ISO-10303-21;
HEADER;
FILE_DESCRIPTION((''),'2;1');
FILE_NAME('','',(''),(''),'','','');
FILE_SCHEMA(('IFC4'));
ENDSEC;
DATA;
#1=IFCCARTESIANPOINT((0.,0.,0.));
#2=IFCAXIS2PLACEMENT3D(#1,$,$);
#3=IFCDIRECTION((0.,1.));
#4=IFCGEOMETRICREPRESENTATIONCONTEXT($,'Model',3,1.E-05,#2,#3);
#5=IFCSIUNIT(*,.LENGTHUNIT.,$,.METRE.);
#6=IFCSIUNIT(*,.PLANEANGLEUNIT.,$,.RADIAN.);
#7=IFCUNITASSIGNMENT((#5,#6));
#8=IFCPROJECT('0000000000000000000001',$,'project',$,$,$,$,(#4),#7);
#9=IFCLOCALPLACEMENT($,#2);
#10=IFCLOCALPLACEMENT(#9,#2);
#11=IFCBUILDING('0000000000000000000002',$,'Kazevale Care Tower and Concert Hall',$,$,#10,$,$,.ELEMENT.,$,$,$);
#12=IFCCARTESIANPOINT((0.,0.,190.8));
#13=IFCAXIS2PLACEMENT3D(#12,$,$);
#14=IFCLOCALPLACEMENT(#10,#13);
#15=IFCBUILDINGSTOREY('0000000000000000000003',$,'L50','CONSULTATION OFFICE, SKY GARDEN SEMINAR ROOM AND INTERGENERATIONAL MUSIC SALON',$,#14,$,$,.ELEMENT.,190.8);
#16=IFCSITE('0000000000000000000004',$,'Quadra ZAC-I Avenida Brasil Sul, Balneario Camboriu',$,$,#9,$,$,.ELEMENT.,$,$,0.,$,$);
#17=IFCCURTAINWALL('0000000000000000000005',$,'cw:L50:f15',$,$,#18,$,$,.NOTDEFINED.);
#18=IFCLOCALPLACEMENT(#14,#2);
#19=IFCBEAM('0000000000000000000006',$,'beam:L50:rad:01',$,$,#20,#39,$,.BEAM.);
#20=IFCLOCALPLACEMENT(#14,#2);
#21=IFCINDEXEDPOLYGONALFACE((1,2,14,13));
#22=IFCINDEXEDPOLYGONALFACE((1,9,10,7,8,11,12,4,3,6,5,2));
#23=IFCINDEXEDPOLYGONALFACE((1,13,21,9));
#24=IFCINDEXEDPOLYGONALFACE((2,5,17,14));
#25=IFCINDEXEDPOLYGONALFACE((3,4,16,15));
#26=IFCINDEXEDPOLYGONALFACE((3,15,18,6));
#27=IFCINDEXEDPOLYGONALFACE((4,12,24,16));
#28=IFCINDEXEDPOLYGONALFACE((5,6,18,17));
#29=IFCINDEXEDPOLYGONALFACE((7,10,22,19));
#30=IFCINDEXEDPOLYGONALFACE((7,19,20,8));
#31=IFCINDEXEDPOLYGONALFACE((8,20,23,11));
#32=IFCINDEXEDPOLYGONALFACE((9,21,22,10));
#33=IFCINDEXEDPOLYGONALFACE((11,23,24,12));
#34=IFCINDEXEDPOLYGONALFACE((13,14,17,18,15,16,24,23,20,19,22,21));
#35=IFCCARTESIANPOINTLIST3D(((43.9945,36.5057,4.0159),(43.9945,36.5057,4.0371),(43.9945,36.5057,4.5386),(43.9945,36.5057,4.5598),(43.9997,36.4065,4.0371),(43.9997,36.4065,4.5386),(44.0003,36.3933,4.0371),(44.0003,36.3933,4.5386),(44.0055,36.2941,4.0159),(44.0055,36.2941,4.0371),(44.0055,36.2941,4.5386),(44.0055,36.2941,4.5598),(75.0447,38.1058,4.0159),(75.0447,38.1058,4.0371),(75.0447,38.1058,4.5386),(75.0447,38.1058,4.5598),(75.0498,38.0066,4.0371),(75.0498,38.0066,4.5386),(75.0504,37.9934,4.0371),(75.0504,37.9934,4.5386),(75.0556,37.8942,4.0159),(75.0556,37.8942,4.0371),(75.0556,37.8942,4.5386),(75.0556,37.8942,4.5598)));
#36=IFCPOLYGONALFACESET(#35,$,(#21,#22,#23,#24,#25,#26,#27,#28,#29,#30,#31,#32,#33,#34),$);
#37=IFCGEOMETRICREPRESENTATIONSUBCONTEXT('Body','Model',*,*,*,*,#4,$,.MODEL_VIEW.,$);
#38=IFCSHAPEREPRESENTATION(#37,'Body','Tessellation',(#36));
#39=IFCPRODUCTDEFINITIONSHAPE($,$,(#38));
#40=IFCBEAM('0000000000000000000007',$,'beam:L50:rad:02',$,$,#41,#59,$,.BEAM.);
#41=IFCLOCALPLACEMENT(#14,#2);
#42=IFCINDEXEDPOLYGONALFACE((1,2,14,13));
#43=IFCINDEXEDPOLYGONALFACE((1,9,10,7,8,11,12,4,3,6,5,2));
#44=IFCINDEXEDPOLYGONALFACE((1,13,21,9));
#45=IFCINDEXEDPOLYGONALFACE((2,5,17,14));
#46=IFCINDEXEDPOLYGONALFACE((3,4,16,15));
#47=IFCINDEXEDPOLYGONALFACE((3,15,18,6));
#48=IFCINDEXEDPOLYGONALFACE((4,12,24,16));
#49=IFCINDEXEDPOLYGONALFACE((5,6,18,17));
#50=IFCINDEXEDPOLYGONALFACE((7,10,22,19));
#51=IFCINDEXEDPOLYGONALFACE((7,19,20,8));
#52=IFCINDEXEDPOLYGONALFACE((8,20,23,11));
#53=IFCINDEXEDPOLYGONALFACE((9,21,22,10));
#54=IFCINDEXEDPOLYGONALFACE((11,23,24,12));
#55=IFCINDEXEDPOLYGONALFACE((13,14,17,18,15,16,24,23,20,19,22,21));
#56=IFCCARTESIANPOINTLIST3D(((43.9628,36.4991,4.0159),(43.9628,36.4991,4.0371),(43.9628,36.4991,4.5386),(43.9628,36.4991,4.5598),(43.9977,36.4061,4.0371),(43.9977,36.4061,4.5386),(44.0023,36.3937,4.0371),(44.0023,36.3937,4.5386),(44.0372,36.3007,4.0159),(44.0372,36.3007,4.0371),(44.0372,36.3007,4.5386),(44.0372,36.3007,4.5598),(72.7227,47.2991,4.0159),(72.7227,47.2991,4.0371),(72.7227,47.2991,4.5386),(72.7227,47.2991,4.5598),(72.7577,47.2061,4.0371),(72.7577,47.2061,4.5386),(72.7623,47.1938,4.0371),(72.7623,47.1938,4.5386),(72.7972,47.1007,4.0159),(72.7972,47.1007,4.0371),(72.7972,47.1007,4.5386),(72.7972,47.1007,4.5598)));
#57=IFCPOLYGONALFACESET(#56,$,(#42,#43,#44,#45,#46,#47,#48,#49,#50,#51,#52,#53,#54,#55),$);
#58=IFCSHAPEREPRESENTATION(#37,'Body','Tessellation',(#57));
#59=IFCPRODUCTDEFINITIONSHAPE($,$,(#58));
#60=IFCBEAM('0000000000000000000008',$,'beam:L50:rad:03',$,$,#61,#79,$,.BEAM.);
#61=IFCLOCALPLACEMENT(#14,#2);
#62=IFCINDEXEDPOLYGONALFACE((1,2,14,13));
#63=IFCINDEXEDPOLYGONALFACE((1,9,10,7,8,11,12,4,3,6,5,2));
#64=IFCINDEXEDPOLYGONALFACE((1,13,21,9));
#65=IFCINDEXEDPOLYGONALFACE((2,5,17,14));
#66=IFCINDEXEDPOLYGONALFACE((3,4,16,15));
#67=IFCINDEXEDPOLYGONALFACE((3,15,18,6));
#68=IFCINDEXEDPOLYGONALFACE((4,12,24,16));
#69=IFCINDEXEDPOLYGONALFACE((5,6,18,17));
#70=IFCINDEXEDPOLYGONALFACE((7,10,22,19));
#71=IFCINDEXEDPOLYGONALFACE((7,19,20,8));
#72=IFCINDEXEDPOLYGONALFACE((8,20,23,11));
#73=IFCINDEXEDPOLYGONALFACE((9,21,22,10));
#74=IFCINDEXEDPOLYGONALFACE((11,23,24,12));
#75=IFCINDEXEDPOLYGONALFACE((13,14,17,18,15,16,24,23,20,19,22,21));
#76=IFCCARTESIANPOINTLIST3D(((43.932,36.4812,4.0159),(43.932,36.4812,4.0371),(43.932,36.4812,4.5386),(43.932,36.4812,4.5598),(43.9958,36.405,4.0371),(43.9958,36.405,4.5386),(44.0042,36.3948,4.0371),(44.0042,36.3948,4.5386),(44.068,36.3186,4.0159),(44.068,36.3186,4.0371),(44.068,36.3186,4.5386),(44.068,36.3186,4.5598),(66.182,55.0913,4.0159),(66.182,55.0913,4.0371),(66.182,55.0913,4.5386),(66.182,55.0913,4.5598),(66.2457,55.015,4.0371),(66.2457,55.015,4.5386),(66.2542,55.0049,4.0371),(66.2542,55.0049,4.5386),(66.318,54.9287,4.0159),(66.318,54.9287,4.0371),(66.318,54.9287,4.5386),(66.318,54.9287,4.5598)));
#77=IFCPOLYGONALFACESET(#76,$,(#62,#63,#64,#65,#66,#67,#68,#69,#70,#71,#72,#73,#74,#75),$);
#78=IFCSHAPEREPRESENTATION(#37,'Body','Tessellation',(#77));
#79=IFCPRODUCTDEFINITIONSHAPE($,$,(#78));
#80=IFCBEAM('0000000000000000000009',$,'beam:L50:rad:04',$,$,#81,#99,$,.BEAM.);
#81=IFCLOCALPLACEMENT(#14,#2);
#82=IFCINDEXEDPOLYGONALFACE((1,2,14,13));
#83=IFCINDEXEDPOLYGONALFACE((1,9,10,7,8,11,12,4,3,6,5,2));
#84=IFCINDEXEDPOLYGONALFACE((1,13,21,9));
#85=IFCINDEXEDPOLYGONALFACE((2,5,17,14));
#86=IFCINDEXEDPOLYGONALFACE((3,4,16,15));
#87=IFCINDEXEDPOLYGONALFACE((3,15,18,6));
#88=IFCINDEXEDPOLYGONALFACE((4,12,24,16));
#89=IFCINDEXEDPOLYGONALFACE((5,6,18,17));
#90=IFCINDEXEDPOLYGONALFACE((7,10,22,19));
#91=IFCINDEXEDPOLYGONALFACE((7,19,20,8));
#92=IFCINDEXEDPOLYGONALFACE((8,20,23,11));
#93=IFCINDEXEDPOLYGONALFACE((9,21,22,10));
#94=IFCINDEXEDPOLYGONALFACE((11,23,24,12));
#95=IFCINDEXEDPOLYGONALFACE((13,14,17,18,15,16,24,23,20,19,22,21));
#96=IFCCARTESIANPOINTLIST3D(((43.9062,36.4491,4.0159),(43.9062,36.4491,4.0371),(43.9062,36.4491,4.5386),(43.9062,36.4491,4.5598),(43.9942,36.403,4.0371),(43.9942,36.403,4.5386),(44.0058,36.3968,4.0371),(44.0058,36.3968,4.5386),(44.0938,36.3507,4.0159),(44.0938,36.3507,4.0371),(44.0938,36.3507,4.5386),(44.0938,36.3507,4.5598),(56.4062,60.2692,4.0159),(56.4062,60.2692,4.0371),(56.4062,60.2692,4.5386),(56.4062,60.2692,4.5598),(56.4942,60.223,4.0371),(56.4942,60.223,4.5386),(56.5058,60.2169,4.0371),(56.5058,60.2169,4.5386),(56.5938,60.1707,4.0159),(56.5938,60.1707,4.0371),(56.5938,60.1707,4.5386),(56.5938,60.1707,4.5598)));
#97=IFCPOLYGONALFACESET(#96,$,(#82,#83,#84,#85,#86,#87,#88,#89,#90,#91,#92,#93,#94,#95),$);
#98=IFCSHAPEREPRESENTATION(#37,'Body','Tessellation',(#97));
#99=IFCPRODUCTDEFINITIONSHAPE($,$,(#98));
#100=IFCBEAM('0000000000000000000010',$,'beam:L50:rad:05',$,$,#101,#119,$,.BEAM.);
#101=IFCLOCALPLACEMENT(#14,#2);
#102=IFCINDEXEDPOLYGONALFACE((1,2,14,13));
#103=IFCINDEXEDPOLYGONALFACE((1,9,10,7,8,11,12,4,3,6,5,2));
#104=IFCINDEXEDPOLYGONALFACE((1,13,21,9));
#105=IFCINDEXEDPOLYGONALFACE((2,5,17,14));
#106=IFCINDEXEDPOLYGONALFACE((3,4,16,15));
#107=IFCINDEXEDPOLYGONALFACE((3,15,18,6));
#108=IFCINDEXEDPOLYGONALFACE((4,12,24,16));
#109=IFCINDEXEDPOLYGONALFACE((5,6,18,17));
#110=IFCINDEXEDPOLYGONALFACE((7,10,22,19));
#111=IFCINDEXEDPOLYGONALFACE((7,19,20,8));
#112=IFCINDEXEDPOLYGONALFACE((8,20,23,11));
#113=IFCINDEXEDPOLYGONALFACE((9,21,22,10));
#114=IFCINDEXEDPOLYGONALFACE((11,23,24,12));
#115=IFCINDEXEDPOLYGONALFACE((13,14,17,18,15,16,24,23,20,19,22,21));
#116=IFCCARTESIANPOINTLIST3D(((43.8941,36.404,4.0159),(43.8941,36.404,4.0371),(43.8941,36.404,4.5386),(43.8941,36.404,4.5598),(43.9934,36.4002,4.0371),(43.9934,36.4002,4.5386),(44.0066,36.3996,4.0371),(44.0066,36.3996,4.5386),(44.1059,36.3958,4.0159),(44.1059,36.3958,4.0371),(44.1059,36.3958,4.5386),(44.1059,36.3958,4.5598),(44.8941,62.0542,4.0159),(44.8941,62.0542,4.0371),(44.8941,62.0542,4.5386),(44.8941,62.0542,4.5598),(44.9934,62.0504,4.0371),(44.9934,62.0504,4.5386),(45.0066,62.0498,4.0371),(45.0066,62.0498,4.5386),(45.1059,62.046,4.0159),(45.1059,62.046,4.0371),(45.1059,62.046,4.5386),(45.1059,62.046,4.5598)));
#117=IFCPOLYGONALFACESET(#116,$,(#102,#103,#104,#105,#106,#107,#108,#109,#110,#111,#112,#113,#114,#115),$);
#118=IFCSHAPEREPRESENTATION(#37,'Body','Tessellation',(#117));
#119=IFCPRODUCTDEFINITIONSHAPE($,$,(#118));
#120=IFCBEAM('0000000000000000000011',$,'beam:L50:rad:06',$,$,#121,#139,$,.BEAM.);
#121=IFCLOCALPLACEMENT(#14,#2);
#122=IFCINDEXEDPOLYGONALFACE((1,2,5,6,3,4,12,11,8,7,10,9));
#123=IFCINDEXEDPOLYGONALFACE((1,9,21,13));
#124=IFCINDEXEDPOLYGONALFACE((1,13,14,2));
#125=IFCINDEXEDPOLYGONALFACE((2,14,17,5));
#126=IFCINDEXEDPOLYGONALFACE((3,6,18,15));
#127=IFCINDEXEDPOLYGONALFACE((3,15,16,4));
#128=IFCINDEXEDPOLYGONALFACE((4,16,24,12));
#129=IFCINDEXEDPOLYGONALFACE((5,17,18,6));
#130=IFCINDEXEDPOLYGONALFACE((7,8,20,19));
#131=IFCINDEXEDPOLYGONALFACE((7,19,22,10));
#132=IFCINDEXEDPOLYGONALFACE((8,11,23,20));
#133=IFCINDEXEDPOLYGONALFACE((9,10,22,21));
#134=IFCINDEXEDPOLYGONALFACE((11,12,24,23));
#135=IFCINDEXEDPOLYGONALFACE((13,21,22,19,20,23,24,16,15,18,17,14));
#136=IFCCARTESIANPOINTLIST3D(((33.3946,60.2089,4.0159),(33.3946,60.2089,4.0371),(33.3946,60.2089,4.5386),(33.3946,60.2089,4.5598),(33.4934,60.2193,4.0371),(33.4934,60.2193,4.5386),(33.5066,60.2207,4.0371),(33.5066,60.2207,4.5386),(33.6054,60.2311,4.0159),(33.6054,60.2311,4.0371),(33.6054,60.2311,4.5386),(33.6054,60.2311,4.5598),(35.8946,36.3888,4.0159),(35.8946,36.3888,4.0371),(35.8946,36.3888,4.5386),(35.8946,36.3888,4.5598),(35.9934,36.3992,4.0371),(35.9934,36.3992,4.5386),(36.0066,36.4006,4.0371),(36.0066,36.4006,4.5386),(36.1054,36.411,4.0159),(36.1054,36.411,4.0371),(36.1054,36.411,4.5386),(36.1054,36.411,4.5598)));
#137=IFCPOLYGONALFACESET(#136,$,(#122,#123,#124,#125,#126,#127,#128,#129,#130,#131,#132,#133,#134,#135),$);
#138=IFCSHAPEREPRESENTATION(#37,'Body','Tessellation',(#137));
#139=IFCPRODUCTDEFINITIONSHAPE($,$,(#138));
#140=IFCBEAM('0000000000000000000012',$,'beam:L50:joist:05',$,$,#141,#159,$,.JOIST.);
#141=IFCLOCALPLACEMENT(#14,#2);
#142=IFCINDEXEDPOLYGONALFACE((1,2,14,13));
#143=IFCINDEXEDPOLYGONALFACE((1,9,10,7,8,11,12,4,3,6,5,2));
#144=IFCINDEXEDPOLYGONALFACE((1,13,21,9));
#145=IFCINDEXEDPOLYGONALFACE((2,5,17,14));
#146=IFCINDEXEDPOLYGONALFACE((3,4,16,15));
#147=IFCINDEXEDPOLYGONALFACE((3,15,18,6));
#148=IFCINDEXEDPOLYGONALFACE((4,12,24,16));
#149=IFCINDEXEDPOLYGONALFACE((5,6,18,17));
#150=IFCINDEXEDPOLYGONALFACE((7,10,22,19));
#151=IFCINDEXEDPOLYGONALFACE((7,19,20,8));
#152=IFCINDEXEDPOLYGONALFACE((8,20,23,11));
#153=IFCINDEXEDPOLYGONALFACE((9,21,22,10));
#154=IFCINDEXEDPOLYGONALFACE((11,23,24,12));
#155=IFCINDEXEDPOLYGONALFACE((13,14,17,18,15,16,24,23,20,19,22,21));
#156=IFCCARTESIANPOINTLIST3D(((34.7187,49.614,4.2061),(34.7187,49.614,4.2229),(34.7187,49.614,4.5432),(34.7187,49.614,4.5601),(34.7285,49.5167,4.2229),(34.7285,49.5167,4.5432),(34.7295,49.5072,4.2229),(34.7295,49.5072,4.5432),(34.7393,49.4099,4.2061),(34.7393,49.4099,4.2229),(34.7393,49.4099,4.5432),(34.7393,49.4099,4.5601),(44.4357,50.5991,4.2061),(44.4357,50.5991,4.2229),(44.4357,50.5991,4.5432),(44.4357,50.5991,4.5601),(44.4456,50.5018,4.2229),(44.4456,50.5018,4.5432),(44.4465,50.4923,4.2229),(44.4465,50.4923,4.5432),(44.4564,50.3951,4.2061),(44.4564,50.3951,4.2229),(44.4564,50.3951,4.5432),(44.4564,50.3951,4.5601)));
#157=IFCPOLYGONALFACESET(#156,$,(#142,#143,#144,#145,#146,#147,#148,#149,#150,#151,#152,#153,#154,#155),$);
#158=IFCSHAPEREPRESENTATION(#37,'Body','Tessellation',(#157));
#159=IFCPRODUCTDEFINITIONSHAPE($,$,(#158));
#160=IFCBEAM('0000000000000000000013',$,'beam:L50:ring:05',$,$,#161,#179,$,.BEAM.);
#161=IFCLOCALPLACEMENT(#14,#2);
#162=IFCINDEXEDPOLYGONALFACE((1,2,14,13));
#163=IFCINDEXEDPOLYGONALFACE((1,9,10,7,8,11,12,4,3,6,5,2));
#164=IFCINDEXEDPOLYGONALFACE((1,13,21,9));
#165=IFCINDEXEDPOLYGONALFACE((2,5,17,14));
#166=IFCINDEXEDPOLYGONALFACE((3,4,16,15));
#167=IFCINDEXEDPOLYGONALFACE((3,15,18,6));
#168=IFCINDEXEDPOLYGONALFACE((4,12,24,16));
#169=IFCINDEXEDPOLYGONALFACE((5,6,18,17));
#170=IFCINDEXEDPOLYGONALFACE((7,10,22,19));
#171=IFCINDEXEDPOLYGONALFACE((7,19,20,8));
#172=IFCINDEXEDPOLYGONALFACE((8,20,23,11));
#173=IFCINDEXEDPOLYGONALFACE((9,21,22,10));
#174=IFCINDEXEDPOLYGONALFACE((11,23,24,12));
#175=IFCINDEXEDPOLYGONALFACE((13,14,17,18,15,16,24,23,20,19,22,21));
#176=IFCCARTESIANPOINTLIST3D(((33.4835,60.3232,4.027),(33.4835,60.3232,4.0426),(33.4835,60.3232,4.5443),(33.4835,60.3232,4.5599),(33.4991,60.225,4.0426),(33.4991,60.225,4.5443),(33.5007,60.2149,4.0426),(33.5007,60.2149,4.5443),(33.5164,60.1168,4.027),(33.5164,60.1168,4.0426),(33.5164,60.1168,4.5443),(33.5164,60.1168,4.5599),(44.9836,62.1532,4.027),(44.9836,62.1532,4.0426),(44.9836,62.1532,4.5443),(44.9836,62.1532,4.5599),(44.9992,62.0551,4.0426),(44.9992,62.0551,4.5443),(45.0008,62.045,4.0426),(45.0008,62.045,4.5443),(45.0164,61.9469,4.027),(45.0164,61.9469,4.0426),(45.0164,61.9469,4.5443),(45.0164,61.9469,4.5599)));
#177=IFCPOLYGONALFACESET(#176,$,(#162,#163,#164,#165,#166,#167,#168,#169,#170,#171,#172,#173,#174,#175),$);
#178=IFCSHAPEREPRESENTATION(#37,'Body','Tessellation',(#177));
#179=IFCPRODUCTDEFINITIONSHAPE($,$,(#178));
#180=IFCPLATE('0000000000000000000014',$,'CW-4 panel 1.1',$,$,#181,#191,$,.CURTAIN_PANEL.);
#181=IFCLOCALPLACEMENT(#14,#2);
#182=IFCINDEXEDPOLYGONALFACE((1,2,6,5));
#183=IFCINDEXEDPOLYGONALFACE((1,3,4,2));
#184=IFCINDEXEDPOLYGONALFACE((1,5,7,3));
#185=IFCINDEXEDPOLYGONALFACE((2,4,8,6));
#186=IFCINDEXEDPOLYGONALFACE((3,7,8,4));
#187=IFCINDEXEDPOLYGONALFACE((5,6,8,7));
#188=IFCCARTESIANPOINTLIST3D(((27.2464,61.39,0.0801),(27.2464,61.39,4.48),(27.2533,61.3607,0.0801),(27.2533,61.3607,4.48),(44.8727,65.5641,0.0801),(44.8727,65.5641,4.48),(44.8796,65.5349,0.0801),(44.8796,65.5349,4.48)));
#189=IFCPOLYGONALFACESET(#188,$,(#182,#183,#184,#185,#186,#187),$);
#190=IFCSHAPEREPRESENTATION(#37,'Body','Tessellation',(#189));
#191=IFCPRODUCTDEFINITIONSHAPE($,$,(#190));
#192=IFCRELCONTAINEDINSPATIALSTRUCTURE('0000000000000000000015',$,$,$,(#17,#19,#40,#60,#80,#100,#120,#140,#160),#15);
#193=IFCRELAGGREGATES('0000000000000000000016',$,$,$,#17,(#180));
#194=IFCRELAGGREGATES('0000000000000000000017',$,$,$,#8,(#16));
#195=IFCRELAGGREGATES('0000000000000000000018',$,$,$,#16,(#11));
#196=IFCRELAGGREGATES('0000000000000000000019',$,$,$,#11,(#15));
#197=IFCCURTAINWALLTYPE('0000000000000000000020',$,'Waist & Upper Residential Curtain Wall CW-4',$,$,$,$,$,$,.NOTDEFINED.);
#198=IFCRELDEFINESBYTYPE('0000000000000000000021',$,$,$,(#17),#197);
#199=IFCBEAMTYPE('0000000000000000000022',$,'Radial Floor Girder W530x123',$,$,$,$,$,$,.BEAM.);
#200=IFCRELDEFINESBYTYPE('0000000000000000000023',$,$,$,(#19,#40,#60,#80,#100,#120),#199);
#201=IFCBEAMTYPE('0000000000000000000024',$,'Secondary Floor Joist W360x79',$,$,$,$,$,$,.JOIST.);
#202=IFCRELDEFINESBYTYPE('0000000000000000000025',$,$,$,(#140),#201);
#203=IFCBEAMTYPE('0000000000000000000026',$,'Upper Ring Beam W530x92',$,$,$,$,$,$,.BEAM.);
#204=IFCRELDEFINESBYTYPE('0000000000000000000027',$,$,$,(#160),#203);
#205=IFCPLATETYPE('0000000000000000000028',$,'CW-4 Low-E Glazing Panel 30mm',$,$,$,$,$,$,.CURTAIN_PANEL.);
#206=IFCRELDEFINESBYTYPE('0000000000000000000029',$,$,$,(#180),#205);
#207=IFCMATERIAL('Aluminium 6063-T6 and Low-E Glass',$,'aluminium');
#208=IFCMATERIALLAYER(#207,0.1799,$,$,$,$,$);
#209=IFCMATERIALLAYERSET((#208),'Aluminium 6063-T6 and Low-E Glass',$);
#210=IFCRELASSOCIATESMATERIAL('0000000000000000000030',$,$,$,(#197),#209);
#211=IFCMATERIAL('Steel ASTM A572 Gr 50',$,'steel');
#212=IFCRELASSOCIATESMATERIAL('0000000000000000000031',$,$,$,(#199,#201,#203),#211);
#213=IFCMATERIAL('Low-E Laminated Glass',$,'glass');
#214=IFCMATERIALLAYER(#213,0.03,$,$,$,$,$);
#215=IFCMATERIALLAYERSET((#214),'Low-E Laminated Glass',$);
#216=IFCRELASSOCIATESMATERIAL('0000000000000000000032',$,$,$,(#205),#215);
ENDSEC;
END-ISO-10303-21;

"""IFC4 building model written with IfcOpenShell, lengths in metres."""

from ifc_helpers import new_model, si_unit, direction, frame, origin, origin_2d, place, context, subcontext, project, spatial, rectangle, i_section, extrude, material, layer, layer_set, material_profile, profile_set, type_object, element, aggregate, save


model = new_model("IFC4")

# Units and contexts
model_context = context("Model", 3, precision=1e-05, world=origin(), true_north=direction((0.0, 1.0)))
body_context = subcontext(model_context, "Body", "Model", "MODEL_VIEW")
ifc_project = project(units=[si_unit("LENGTHUNIT", "METRE"), si_unit("PLANEANGLEUNIT", "RADIAN")], contexts=[model_context])

# Site, building, storey
site_placement = place(None, origin())
site = spatial("IfcSite", under=ifc_project, at=site_placement, Name="Quadra ZAC-I Avenida Brasil Sul, Balneario Camboriu", CompositionType="ELEMENT", RefElevation=0.0)
building_placement = place(site_placement, origin())
building = spatial("IfcBuilding", under=site, at=building_placement, Name="Kazevale Care Tower and Concert Hall", CompositionType="ELEMENT")
storey_placement = place(building_placement, frame((0.0, 0.0, 190.8)))
storey = spatial("IfcBuildingStorey", under=building, at=storey_placement, Name="L50", Description="CONSULTATION OFFICE, SKY GARDEN SEMINAR ROOM AND INTERGENERATIONAL MUSIC SALON", CompositionType="ELEMENT", Elevation=190.8)

# Shared definitions
ifc_material_1 = material(Name="Aluminium 6063-T6 and Low-E Glass", Category="aluminium")

# Curtain wall
ifc_layer_1 = layer(ifc_material_1, 0.1799)
ifc_layer_set_1 = layer_set([ifc_layer_1], Name="Aluminium 6063-T6 and Low-E Glass")
curtain_wall_type_1 = type_object("IfcCurtainWallType", Name="Waist & Upper Residential Curtain Wall CW-4", PredefinedType="NOTDEFINED", material=ifc_layer_set_1)
curtain_wall_1_placement = place(storey_placement, origin())
curtain_wall_1 = element("IfcCurtainWall", 1, at=curtain_wall_1_placement, inside=storey, type_object=curtain_wall_type_1, Name="cw:L50:f15", PredefinedType="NOTDEFINED")

# Beams
ifc_material_2 = material(Name="Steel ASTM A572 Gr 50", Category="steel")
ifc_material_profile_1 = material_profile(ifc_material_2, i_section(OverallWidth=0.2119, OverallDepth=0.5439, WebThickness=0.0132, FlangeThickness=0.0212, at=origin_2d()), Name="W530x123")
ifc_profile_set_1 = profile_set([ifc_material_profile_1], Name="Steel ASTM A572 Gr 50")
beam_type_1 = type_object("IfcBeamType", Name="Radial Floor Girder W530x123", PredefinedType="BEAM", material=ifc_profile_set_1)
beam_1_placement = place(storey_placement, frame((44.0, 36.3999, 4.2878), z_axis=(0.998675, 0.051465, 0.0), x_axis=(-0.051465, 0.998675, 0.0)))
element("IfcBeam", 2, at=beam_1_placement, inside=storey, type_object=beam_type_1, Name="beam:L50:rad:01", PredefinedType="BEAM", context=body_context, shape_type="SweptSolid", body=[
    extrude(i_section(OverallWidth=0.2119, OverallDepth=0.5439, WebThickness=0.0132, FlangeThickness=0.0212, at=origin_2d()), origin(), (0.0, 0.0, 1.0), 31.0913),
])
beam_2_placement = place(storey_placement, frame((44.0, 36.3999, 4.2878), z_axis=(0.936168, 0.351553, 0.0), x_axis=(-0.351553, 0.936168, 0.0)))
element("IfcBeam", 3, at=beam_2_placement, inside=storey, type_object=beam_type_1, Name="beam:L50:rad:02", PredefinedType="BEAM", context=body_context, shape_type="SweptSolid", body=[
    extrude(i_section(OverallWidth=0.2119, OverallDepth=0.5439, WebThickness=0.0132, FlangeThickness=0.0212, at=origin_2d()), origin(), (0.0, 0.0, 1.0), 30.7209),
])
beam_3_placement = place(storey_placement, frame((44.0, 36.3999, 4.2878), z_axis=(0.76706, 0.641576, 0.0), x_axis=(-0.641576, 0.76706, 0.0)))
element("IfcBeam", 4, at=beam_3_placement, inside=storey, type_object=beam_type_1, Name="beam:L50:rad:03", PredefinedType="BEAM", context=body_context, shape_type="SweptSolid", body=[
    extrude(i_section(OverallWidth=0.2119, OverallDepth=0.5439, WebThickness=0.0132, FlangeThickness=0.0212, at=origin_2d()), origin(), (0.0, 0.0, 1.0), 29.0068),
])
beam_4_placement = place(storey_placement, frame((44.0, 36.3999, 4.2878), z_axis=(0.464673, 0.885483, 0.0), x_axis=(-0.885483, 0.464673, 0.0)))
element("IfcBeam", 5, at=beam_4_placement, inside=storey, type_object=beam_type_1, Name="beam:L50:rad:04", PredefinedType="BEAM", context=body_context, shape_type="SweptSolid", body=[
    extrude(i_section(OverallWidth=0.2119, OverallDepth=0.5439, WebThickness=0.0132, FlangeThickness=0.0212, at=origin_2d()), origin(), (0.0, 0.0, 1.0), 26.9006),
])
beam_5_placement = place(storey_placement, frame((44.0, 36.3999, 4.2878), z_axis=(0.038957, 0.999241, 0.0), x_axis=(-0.999241, 0.038957, 0.0)))
element("IfcBeam", 6, at=beam_5_placement, inside=storey, type_object=beam_type_1, Name="beam:L50:rad:05", PredefinedType="BEAM", context=body_context, shape_type="SweptSolid", body=[
    extrude(i_section(OverallWidth=0.2119, OverallDepth=0.5439, WebThickness=0.0132, FlangeThickness=0.0212, at=origin_2d()), origin(), (0.0, 0.0, 1.0), 25.6697),
])
beam_6_placement = place(storey_placement, frame((36.0, 36.3999, 4.2878), z_axis=(-0.10438, 0.994537, 0.0), x_axis=(-0.994537, -0.10438, 0.0)))
element("IfcBeam", 7, at=beam_6_placement, inside=storey, type_object=beam_type_1, Name="beam:L50:rad:06", PredefinedType="BEAM", context=body_context, shape_type="SweptSolid", body=[
    extrude(i_section(OverallWidth=0.2119, OverallDepth=0.5439, WebThickness=0.0132, FlangeThickness=0.0212, at=origin_2d()), origin(), (0.0, 0.0, 1.0), 23.9509),
])
ifc_material_profile_2 = material_profile(ifc_material_2, i_section(OverallWidth=0.2051, OverallDepth=0.354, WebThickness=0.0095, FlangeThickness=0.0168, at=origin_2d()), Name="W360x79")
ifc_profile_set_2 = profile_set([ifc_material_profile_2], Name="Steel ASTM A572 Gr 50")
beam_type_2 = type_object("IfcBeamType", Name="Secondary Floor Joist W360x79", PredefinedType="JOIST", material=ifc_profile_set_2)
beam_7_placement = place(storey_placement, frame((44.446, 50.4971, 4.3831), z_axis=(-0.9949, -0.100862, 0.0), x_axis=(0.100862, -0.9949, 0.0)))
element("IfcBeam", 8, at=beam_7_placement, inside=storey, type_object=beam_type_2, Name="beam:L50:joist:05", PredefinedType="JOIST", context=body_context, shape_type="SweptSolid", body=[
    extrude(i_section(OverallWidth=0.2051, OverallDepth=0.354, WebThickness=0.0095, FlangeThickness=0.0168, at=origin_2d()), origin(), (0.0, 0.0, 1.0), 9.7668),
])
ifc_material_profile_3 = material_profile(ifc_material_2, i_section(OverallWidth=0.209, OverallDepth=0.533, WebThickness=0.0103, FlangeThickness=0.0156, at=origin_2d()), Name="W530x92")
ifc_profile_set_3 = profile_set([ifc_material_profile_3], Name="Steel ASTM A572 Gr 50")
beam_type_3 = type_object("IfcBeamType", Name="Upper Ring Beam W530x92", PredefinedType="BEAM", material=ifc_profile_set_3)
beam_8_placement = place(storey_placement, frame((45.0, 62.05, 4.2935), z_axis=(-0.987573, -0.15716, 0.0), x_axis=(0.15716, -0.987573, 0.0)))
element("IfcBeam", 9, at=beam_8_placement, inside=storey, type_object=beam_type_3, Name="beam:L50:ring:05", PredefinedType="BEAM", context=body_context, shape_type="SweptSolid", body=[
    extrude(i_section(OverallWidth=0.209, OverallDepth=0.533, WebThickness=0.0103, FlangeThickness=0.0156, at=origin_2d()), origin(), (0.0, 0.0, 1.0), 11.6448),
])

# Plate
ifc_material_3 = material(Name="Low-E Laminated Glass", Category="glass")
ifc_layer_2 = layer(ifc_material_3, 0.03)
ifc_layer_set_2 = layer_set([ifc_layer_2], Name="Low-E Laminated Glass")
plate_type = type_object("IfcPlateType", Name="CW-4 Low-E Glazing Panel 30mm", PredefinedType="CURTAIN_PANEL", material=ifc_layer_set_2)
plate_placement = place(storey_placement, frame((36.063, 63.4624, 0.0801), z_axis=(0.0, 0.0, 1.0), x_axis=(0.973087, 0.230439, 0.0)))
plate = element("IfcPlate", 10, at=plate_placement, type_object=plate_type, Name="CW-4 panel 1.1", PredefinedType="CURTAIN_PANEL", context=body_context, shape_type="SweptSolid", body=[
    extrude(rectangle(XDim=18.1138, YDim=0.03, at=origin_2d()), origin(), (0.0, 0.0, 1.0), 4.3999),
])
aggregate(curtain_wall_1, [plate])

save(model, "model.ifc")
